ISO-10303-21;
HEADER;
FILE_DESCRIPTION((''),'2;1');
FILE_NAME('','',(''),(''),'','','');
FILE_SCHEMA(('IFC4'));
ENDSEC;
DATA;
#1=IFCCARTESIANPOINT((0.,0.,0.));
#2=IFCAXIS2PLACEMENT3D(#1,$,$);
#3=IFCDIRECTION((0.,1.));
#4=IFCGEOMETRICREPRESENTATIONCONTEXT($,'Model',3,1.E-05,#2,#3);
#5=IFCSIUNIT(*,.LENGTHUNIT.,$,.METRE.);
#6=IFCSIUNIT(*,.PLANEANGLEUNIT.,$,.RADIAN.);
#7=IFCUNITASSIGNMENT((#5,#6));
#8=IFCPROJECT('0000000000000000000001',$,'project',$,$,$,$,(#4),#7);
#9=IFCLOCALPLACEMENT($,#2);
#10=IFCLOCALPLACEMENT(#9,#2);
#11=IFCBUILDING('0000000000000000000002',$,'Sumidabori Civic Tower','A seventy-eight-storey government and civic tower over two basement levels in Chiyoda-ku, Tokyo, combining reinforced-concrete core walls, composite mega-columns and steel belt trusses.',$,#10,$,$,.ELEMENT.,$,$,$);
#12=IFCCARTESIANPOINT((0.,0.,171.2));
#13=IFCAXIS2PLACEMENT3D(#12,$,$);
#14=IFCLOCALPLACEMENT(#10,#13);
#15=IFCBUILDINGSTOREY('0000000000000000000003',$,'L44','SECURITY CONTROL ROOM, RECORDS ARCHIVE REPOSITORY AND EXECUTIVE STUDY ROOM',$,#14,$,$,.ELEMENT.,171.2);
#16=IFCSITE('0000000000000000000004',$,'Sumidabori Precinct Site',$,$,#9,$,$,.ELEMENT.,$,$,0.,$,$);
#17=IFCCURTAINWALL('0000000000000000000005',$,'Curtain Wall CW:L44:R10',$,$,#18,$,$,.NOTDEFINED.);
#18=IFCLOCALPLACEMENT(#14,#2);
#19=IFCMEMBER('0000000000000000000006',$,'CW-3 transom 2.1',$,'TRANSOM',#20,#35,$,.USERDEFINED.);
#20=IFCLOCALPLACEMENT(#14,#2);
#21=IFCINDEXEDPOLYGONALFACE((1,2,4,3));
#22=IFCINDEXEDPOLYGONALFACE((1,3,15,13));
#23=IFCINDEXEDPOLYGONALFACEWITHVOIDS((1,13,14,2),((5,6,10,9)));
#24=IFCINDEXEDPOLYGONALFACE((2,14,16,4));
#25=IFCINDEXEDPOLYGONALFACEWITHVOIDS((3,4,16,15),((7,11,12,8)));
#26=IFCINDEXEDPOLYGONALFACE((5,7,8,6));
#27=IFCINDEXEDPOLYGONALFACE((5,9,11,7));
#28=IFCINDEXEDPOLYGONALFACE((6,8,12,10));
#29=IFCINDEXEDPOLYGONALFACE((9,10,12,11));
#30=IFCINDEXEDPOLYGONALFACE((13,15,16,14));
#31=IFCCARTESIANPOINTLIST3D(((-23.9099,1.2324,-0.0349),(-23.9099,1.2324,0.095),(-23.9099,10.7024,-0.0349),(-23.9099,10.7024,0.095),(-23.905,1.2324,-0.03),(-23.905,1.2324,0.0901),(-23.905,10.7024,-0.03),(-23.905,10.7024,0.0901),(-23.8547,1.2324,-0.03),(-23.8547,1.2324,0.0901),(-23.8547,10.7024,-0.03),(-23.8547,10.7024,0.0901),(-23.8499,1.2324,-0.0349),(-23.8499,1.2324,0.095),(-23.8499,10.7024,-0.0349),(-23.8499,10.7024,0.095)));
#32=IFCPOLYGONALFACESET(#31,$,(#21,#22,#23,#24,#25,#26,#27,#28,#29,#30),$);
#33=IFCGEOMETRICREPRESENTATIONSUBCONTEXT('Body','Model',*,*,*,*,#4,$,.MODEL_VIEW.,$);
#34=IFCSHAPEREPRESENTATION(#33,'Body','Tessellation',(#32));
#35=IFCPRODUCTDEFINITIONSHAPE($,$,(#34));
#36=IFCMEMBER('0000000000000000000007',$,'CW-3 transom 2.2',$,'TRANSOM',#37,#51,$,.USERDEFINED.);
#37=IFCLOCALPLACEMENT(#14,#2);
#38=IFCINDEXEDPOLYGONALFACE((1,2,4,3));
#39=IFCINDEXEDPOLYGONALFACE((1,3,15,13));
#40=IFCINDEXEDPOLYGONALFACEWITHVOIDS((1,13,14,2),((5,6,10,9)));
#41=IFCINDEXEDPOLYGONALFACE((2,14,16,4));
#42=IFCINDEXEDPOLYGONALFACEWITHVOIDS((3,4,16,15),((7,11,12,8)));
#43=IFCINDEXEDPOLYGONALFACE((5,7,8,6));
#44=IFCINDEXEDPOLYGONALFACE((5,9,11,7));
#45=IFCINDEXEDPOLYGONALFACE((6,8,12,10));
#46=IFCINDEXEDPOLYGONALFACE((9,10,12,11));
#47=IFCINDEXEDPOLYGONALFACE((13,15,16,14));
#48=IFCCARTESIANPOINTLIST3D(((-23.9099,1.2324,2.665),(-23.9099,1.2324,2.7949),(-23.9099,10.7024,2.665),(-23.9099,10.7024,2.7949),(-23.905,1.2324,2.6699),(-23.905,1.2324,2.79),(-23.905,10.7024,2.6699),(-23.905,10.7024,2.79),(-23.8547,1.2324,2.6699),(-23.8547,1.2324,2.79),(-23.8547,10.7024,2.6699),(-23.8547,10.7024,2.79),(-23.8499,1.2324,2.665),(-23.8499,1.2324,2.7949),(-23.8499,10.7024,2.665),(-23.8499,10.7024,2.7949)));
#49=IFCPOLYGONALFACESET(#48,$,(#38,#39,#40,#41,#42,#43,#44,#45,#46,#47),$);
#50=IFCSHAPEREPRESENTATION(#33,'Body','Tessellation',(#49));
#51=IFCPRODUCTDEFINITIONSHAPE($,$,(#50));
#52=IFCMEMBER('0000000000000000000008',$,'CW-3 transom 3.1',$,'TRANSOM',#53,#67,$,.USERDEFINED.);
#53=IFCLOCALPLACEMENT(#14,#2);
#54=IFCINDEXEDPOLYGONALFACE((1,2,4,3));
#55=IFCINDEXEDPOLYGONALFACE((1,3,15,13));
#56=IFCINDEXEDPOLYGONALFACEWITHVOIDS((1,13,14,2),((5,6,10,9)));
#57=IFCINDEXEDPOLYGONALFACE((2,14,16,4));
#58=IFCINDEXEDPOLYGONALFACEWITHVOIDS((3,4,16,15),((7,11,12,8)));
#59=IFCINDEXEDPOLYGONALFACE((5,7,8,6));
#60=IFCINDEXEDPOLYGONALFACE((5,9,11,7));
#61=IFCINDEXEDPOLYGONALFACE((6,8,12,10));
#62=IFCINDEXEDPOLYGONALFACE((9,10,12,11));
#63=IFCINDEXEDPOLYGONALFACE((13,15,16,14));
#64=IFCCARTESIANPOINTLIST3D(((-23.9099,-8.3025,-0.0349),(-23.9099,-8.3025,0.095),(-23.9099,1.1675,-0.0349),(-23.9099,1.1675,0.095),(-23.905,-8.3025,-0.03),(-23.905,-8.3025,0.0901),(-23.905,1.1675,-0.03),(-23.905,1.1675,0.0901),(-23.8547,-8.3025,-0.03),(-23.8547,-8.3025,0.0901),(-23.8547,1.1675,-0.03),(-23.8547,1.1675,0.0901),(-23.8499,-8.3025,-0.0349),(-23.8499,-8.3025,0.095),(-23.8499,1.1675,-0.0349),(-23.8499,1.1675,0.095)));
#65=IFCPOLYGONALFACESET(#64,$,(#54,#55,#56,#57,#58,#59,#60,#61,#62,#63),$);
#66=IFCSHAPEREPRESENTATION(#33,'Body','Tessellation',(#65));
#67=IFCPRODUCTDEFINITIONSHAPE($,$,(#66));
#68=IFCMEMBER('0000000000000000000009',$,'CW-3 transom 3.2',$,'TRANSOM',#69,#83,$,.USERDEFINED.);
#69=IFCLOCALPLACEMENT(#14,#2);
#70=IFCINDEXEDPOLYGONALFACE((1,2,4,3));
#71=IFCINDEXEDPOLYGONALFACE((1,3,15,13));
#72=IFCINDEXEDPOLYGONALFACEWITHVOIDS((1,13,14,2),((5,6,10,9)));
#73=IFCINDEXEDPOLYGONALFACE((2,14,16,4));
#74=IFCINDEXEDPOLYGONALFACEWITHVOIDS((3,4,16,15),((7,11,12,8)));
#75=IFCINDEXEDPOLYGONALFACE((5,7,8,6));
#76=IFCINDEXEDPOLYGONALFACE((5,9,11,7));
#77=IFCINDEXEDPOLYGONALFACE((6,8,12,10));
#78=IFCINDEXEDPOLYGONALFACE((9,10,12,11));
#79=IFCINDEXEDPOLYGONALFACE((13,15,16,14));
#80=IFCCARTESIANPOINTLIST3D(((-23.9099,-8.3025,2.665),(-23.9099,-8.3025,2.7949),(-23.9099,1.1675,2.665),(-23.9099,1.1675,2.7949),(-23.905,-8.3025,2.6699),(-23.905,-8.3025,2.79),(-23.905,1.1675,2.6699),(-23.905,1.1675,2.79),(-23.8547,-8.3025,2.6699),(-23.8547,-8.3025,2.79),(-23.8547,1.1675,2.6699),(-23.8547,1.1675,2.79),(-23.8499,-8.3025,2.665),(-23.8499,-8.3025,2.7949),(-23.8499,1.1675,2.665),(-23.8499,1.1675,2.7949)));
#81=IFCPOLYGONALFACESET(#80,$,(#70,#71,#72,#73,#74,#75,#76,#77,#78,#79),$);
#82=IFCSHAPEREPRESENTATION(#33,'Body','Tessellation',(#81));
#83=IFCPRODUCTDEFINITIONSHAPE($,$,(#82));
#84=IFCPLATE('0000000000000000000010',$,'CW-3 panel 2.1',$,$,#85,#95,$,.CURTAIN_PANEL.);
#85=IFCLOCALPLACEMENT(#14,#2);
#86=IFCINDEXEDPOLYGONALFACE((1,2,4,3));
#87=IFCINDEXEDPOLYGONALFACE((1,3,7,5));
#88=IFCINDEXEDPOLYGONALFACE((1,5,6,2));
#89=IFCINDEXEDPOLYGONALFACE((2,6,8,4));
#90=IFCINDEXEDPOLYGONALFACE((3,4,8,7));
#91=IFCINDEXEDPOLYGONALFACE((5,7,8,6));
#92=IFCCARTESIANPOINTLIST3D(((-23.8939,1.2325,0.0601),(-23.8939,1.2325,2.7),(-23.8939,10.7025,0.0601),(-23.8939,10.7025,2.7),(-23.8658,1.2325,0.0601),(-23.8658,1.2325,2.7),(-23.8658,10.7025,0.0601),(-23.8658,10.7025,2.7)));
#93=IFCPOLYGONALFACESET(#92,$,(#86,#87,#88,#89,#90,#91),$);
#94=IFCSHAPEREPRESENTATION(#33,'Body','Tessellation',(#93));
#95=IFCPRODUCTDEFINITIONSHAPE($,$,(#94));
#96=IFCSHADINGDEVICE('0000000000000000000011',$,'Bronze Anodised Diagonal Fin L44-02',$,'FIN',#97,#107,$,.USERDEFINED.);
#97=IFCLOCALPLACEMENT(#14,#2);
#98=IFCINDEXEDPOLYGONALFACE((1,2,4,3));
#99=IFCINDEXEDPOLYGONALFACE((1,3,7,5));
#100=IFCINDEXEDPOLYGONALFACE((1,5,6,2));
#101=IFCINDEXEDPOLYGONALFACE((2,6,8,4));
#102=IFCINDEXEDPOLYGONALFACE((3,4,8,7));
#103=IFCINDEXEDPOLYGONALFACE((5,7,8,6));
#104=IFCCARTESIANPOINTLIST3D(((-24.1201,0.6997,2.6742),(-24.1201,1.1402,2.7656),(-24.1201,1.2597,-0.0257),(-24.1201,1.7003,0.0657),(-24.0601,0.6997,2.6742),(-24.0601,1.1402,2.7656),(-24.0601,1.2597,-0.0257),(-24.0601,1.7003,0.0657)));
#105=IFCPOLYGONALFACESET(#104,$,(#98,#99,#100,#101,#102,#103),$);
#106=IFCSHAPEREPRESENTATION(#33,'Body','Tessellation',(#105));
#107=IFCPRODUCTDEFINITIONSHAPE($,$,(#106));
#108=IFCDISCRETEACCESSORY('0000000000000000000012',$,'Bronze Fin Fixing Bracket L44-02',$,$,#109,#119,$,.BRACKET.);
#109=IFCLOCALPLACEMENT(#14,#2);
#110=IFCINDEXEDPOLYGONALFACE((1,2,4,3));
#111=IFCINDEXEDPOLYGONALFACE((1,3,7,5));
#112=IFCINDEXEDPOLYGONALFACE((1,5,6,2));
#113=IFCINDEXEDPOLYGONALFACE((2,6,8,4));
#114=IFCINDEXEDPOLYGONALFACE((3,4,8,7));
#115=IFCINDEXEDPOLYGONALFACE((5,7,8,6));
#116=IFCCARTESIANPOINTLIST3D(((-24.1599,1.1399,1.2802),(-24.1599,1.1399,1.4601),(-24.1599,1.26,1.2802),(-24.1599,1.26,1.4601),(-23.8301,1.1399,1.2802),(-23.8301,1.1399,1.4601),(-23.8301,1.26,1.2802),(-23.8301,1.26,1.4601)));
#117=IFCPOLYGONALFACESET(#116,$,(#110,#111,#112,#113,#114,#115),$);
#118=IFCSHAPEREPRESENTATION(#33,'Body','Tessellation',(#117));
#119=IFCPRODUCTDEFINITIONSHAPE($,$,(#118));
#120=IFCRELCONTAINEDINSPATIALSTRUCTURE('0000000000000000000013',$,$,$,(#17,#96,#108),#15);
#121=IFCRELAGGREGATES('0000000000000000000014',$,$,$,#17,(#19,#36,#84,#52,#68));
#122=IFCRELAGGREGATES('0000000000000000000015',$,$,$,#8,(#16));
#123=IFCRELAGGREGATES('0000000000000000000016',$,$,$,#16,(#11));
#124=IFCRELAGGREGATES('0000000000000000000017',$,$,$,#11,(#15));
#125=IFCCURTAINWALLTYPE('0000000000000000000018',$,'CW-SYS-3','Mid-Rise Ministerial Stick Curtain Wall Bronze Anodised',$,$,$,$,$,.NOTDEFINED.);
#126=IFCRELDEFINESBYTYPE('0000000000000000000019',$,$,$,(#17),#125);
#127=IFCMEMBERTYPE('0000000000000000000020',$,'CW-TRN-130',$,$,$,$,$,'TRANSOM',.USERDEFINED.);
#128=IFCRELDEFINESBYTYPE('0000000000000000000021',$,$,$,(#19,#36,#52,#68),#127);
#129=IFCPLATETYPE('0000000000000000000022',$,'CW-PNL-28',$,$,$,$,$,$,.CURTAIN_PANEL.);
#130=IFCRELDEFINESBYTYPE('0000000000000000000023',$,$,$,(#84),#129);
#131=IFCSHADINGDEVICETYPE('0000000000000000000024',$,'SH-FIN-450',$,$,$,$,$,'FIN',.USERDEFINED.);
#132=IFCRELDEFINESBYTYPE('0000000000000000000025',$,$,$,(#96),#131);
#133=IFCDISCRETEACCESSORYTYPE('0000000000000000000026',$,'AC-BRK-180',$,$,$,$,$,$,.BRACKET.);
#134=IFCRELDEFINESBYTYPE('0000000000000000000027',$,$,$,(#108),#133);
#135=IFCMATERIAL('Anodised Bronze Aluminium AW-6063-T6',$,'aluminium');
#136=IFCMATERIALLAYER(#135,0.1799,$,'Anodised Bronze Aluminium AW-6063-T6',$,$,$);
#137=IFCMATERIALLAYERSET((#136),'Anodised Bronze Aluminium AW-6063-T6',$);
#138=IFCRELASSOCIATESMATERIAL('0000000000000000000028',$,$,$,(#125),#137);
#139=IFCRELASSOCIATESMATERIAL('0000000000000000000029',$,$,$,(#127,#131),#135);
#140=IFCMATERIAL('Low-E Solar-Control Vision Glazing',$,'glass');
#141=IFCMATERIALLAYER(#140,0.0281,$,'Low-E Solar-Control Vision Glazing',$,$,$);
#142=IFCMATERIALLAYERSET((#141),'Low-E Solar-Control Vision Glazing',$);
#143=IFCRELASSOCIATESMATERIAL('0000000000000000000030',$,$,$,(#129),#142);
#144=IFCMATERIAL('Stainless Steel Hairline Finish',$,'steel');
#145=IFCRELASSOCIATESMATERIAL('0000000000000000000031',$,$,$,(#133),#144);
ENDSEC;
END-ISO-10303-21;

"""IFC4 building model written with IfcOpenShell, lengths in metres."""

from ifc_helpers import new_model, si_unit, direction, frame, origin, origin_2d, place, context, subcontext, project, spatial, rectangle, hollow_rectangle, extrude, source, transform, mapped, material, layer, layer_set, material_profile, profile_set, type_object, element, aggregate, save


model = new_model("IFC4")

# Units and contexts
model_context = context("Model", 3, precision=1e-05, world=origin(), true_north=direction((0.0, 1.0)))
body_context = subcontext(model_context, "Body", "Model", "MODEL_VIEW")
ifc_project = project(units=[si_unit("LENGTHUNIT", "METRE"), si_unit("PLANEANGLEUNIT", "RADIAN")], contexts=[model_context])

# Site, building, storey
site_placement = place(None, origin())
site = spatial("IfcSite", under=ifc_project, at=site_placement, Name="Sumidabori Precinct Site", CompositionType="ELEMENT", RefElevation=0.0)
building_placement = place(site_placement, origin())
building = spatial("IfcBuilding", under=site, at=building_placement, Name="Sumidabori Civic Tower", Description="A seventy-eight-storey government and civic tower over two basement levels in Chiyoda-ku, Tokyo, combining reinforced-concrete core walls, composite mega-columns and steel belt trusses.", CompositionType="ELEMENT")
storey_placement = place(building_placement, frame((0.0, 0.0, 171.2)))
storey = spatial("IfcBuildingStorey", under=building, at=storey_placement, Name="L44", Description="SECURITY CONTROL ROOM, RECORDS ARCHIVE REPOSITORY AND EXECUTIVE STUDY ROOM", CompositionType="ELEMENT", Elevation=171.2)

# Curtain wall, members, plate
ifc_material_1 = material(Name="Anodised Bronze Aluminium AW-6063-T6", Category="aluminium")
ifc_layer_1 = layer(ifc_material_1, 0.1799, Name="Anodised Bronze Aluminium AW-6063-T6")
ifc_layer_set_1 = layer_set([ifc_layer_1], Name="Anodised Bronze Aluminium AW-6063-T6")
curtain_wall_type = type_object("IfcCurtainWallType", Name="CW-SYS-3", Description="Mid-Rise Ministerial Stick Curtain Wall Bronze Anodised", PredefinedType="NOTDEFINED", material=ifc_layer_set_1)
curtain_wall_placement = place(storey_placement, origin())
curtain_wall = element("IfcCurtainWall", 1, at=curtain_wall_placement, inside=storey, type_object=curtain_wall_type, Name="Curtain Wall CW:L44:R10", PredefinedType="NOTDEFINED")
ifc_material_profile_1 = material_profile(ifc_material_1, hollow_rectangle(XDim=0.0601, YDim=0.1299, WallThickness=0.0049, at=origin_2d()), Name="ALU TRANSOM 130x60")
ifc_profile_set_1 = profile_set([ifc_material_profile_1], Name="Anodised Bronze Aluminium AW-6063-T6")
member_type_1 = type_object("IfcMemberType", Name="CW-TRN-130", ElementType="TRANSOM", PredefinedType="USERDEFINED", material=ifc_profile_set_1)
shared_shape_1 = source(origin(), body_context, "Body", "SweptSolid", [
    extrude(hollow_rectangle(XDim=0.0601, YDim=0.1299, WallThickness=0.0049, at=origin_2d()), origin(), (0.0, 0.0, 1.0), 9.47),
])
member_1_placement = place(storey_placement, frame((-23.8799, 10.7024, 0.03), z_axis=(0.0, -1.0, 0.0), x_axis=(1.0, 0.0, 0.0)))
member_1 = element("IfcMember", 2, at=member_1_placement, type_object=member_type_1, Name="CW-3 transom 2.1", ObjectType="TRANSOM", PredefinedType="USERDEFINED", context=body_context, shape_type="MappedRepresentation", body=[
    mapped(shared_shape_1, transform((0.0, 0.0, 0.0), x_axis=(1.0, 0.0, 0.0), y_axis=(0.0, 1.0, 0.0), z_axis=(0.0, 0.0, 1.0), scale=1.0)),
])
member_2_placement = place(storey_placement, frame((-23.8799, 10.7024, 2.73), z_axis=(0.0, -1.0, 0.0), x_axis=(1.0, 0.0, 0.0)))
member_2 = element("IfcMember", 3, at=member_2_placement, type_object=member_type_1, Name="CW-3 transom 2.2", ObjectType="TRANSOM", PredefinedType="USERDEFINED", context=body_context, shape_type="MappedRepresentation", body=[
    mapped(shared_shape_1, transform((0.0, 0.0, 0.0), x_axis=(1.0, 0.0, 0.0), y_axis=(0.0, 1.0, 0.0), z_axis=(0.0, 0.0, 1.0), scale=1.0)),
])
member_3_placement = place(storey_placement, frame((-23.8799, 1.1675, 0.03), z_axis=(0.0, -1.0, 0.0), x_axis=(1.0, 0.0, 0.0)))
member_3 = element("IfcMember", 4, at=member_3_placement, type_object=member_type_1, Name="CW-3 transom 3.1", ObjectType="TRANSOM", PredefinedType="USERDEFINED", context=body_context, shape_type="MappedRepresentation", body=[
    mapped(shared_shape_1, transform((0.0, 0.0, 0.0), x_axis=(1.0, 0.0, 0.0), y_axis=(0.0, 1.0, 0.0), z_axis=(0.0, 0.0, 1.0), scale=1.0)),
])
member_4_placement = place(storey_placement, frame((-23.8799, 1.1675, 2.73), z_axis=(0.0, -1.0, 0.0), x_axis=(1.0, 0.0, 0.0)))
member_4 = element("IfcMember", 5, at=member_4_placement, type_object=member_type_1, Name="CW-3 transom 3.2", ObjectType="TRANSOM", PredefinedType="USERDEFINED", context=body_context, shape_type="MappedRepresentation", body=[
    mapped(shared_shape_1, transform((0.0, 0.0, 0.0), x_axis=(1.0, 0.0, 0.0), y_axis=(0.0, 1.0, 0.0), z_axis=(0.0, 0.0, 1.0), scale=1.0)),
])
ifc_material_2 = material(Name="Low-E Solar-Control Vision Glazing", Category="glass")
ifc_layer_2 = layer(ifc_material_2, 0.0281, Name="Low-E Solar-Control Vision Glazing")
ifc_layer_set_2 = layer_set([ifc_layer_2], Name="Low-E Solar-Control Vision Glazing")
plate_type = type_object("IfcPlateType", Name="CW-PNL-28", PredefinedType="CURTAIN_PANEL", material=ifc_layer_set_2)
shared_shape_2 = source(origin(), body_context, "Body", "SweptSolid", [
    extrude(rectangle(XDim=9.47, YDim=0.0281, at=origin_2d()), origin(), (0.0, 0.0, 1.0), 2.6399),
])
plate_placement = place(storey_placement, frame((-23.8799, 5.9675, 0.0601), z_axis=(0.0, 0.0, 1.0), x_axis=(0.0, -1.0, 0.0)))
plate = element("IfcPlate", 6, at=plate_placement, type_object=plate_type, Name="CW-3 panel 2.1", PredefinedType="CURTAIN_PANEL", context=body_context, shape_type="MappedRepresentation", body=[
    mapped(shared_shape_2, transform((0.0, 0.0, 0.0), x_axis=(1.0, 0.0, 0.0), y_axis=(0.0, 1.0, 0.0), z_axis=(0.0, 0.0, 1.0), scale=1.0)),
])
aggregate(curtain_wall, [member_1, member_2, plate, member_3, member_4])

# Shading device
ifc_material_profile_2 = material_profile(ifc_material_1, rectangle(XDim=0.0601, YDim=0.45, at=origin_2d()), Name="BRONZE FIN 450x60")
ifc_profile_set_2 = profile_set([ifc_material_profile_2], Name="Anodised Bronze Aluminium AW-6063-T6")
shading_device_type = type_object("IfcShadingDeviceType", Name="SH-FIN-450", ElementType="FIN", PredefinedType="USERDEFINED", material=ifc_profile_set_2)
shared_shape_3 = source(origin(), body_context, "Body", "SweptSolid", [
    extrude(rectangle(XDim=0.0601, YDim=0.45, at=origin_2d()), origin(), (0.0, 0.0, 1.0), 2.7573),
])
shading_device_placement = place(storey_placement, frame((-24.0901, 1.48, 0.02), z_axis=(0.0, -0.203109, 0.979156), x_axis=(-1.0, 0.0, 0.0)))
element("IfcShadingDevice", 7, at=shading_device_placement, inside=storey, type_object=shading_device_type, Name="Bronze Anodised Diagonal Fin L44-02", ObjectType="FIN", PredefinedType="USERDEFINED", context=body_context, shape_type="MappedRepresentation", body=[
    mapped(shared_shape_3, transform((0.0, 0.0, 0.0), x_axis=(1.0, 0.0, 0.0), y_axis=(0.0, 1.0, 0.0), z_axis=(0.0, 0.0, 1.0), scale=1.0)),
])

# Discrete accessory
ifc_material_3 = material(Name="Stainless Steel Hairline Finish", Category="steel")
ifc_material_profile_3 = material_profile(ifc_material_3, rectangle(XDim=0.1201, YDim=0.1799, at=origin_2d()), Name="STEEL BRACKET 180x120")
ifc_profile_set_3 = profile_set([ifc_material_profile_3], Name="Stainless Steel Hairline Finish")
discrete_accessory_type = type_object("IfcDiscreteAccessoryType", Name="AC-BRK-180", PredefinedType="BRACKET", material=ifc_profile_set_3)
shared_shape_4 = source(origin(), body_context, "Body", "SweptSolid", [
    extrude(rectangle(XDim=0.1201, YDim=0.1799, at=origin_2d()), origin(), (0.0, 0.0, 1.0), 0.3298),
])
discrete_accessory_placement = place(storey_placement, frame((-23.8301, 1.2, 1.3701), z_axis=(-1.0, 0.0, 0.0), x_axis=(0.0, -1.0, 0.0)))
element("IfcDiscreteAccessory", 8, at=discrete_accessory_placement, inside=storey, type_object=discrete_accessory_type, Name="Bronze Fin Fixing Bracket L44-02", PredefinedType="BRACKET", context=body_context, shape_type="MappedRepresentation", body=[
    mapped(shared_shape_4, transform((0.0, 0.0, 0.0), x_axis=(1.0, 0.0, 0.0), y_axis=(0.0, 1.0, 0.0), z_axis=(0.0, 0.0, 1.0), scale=1.0)),
])

save(model, "model.ifc")
